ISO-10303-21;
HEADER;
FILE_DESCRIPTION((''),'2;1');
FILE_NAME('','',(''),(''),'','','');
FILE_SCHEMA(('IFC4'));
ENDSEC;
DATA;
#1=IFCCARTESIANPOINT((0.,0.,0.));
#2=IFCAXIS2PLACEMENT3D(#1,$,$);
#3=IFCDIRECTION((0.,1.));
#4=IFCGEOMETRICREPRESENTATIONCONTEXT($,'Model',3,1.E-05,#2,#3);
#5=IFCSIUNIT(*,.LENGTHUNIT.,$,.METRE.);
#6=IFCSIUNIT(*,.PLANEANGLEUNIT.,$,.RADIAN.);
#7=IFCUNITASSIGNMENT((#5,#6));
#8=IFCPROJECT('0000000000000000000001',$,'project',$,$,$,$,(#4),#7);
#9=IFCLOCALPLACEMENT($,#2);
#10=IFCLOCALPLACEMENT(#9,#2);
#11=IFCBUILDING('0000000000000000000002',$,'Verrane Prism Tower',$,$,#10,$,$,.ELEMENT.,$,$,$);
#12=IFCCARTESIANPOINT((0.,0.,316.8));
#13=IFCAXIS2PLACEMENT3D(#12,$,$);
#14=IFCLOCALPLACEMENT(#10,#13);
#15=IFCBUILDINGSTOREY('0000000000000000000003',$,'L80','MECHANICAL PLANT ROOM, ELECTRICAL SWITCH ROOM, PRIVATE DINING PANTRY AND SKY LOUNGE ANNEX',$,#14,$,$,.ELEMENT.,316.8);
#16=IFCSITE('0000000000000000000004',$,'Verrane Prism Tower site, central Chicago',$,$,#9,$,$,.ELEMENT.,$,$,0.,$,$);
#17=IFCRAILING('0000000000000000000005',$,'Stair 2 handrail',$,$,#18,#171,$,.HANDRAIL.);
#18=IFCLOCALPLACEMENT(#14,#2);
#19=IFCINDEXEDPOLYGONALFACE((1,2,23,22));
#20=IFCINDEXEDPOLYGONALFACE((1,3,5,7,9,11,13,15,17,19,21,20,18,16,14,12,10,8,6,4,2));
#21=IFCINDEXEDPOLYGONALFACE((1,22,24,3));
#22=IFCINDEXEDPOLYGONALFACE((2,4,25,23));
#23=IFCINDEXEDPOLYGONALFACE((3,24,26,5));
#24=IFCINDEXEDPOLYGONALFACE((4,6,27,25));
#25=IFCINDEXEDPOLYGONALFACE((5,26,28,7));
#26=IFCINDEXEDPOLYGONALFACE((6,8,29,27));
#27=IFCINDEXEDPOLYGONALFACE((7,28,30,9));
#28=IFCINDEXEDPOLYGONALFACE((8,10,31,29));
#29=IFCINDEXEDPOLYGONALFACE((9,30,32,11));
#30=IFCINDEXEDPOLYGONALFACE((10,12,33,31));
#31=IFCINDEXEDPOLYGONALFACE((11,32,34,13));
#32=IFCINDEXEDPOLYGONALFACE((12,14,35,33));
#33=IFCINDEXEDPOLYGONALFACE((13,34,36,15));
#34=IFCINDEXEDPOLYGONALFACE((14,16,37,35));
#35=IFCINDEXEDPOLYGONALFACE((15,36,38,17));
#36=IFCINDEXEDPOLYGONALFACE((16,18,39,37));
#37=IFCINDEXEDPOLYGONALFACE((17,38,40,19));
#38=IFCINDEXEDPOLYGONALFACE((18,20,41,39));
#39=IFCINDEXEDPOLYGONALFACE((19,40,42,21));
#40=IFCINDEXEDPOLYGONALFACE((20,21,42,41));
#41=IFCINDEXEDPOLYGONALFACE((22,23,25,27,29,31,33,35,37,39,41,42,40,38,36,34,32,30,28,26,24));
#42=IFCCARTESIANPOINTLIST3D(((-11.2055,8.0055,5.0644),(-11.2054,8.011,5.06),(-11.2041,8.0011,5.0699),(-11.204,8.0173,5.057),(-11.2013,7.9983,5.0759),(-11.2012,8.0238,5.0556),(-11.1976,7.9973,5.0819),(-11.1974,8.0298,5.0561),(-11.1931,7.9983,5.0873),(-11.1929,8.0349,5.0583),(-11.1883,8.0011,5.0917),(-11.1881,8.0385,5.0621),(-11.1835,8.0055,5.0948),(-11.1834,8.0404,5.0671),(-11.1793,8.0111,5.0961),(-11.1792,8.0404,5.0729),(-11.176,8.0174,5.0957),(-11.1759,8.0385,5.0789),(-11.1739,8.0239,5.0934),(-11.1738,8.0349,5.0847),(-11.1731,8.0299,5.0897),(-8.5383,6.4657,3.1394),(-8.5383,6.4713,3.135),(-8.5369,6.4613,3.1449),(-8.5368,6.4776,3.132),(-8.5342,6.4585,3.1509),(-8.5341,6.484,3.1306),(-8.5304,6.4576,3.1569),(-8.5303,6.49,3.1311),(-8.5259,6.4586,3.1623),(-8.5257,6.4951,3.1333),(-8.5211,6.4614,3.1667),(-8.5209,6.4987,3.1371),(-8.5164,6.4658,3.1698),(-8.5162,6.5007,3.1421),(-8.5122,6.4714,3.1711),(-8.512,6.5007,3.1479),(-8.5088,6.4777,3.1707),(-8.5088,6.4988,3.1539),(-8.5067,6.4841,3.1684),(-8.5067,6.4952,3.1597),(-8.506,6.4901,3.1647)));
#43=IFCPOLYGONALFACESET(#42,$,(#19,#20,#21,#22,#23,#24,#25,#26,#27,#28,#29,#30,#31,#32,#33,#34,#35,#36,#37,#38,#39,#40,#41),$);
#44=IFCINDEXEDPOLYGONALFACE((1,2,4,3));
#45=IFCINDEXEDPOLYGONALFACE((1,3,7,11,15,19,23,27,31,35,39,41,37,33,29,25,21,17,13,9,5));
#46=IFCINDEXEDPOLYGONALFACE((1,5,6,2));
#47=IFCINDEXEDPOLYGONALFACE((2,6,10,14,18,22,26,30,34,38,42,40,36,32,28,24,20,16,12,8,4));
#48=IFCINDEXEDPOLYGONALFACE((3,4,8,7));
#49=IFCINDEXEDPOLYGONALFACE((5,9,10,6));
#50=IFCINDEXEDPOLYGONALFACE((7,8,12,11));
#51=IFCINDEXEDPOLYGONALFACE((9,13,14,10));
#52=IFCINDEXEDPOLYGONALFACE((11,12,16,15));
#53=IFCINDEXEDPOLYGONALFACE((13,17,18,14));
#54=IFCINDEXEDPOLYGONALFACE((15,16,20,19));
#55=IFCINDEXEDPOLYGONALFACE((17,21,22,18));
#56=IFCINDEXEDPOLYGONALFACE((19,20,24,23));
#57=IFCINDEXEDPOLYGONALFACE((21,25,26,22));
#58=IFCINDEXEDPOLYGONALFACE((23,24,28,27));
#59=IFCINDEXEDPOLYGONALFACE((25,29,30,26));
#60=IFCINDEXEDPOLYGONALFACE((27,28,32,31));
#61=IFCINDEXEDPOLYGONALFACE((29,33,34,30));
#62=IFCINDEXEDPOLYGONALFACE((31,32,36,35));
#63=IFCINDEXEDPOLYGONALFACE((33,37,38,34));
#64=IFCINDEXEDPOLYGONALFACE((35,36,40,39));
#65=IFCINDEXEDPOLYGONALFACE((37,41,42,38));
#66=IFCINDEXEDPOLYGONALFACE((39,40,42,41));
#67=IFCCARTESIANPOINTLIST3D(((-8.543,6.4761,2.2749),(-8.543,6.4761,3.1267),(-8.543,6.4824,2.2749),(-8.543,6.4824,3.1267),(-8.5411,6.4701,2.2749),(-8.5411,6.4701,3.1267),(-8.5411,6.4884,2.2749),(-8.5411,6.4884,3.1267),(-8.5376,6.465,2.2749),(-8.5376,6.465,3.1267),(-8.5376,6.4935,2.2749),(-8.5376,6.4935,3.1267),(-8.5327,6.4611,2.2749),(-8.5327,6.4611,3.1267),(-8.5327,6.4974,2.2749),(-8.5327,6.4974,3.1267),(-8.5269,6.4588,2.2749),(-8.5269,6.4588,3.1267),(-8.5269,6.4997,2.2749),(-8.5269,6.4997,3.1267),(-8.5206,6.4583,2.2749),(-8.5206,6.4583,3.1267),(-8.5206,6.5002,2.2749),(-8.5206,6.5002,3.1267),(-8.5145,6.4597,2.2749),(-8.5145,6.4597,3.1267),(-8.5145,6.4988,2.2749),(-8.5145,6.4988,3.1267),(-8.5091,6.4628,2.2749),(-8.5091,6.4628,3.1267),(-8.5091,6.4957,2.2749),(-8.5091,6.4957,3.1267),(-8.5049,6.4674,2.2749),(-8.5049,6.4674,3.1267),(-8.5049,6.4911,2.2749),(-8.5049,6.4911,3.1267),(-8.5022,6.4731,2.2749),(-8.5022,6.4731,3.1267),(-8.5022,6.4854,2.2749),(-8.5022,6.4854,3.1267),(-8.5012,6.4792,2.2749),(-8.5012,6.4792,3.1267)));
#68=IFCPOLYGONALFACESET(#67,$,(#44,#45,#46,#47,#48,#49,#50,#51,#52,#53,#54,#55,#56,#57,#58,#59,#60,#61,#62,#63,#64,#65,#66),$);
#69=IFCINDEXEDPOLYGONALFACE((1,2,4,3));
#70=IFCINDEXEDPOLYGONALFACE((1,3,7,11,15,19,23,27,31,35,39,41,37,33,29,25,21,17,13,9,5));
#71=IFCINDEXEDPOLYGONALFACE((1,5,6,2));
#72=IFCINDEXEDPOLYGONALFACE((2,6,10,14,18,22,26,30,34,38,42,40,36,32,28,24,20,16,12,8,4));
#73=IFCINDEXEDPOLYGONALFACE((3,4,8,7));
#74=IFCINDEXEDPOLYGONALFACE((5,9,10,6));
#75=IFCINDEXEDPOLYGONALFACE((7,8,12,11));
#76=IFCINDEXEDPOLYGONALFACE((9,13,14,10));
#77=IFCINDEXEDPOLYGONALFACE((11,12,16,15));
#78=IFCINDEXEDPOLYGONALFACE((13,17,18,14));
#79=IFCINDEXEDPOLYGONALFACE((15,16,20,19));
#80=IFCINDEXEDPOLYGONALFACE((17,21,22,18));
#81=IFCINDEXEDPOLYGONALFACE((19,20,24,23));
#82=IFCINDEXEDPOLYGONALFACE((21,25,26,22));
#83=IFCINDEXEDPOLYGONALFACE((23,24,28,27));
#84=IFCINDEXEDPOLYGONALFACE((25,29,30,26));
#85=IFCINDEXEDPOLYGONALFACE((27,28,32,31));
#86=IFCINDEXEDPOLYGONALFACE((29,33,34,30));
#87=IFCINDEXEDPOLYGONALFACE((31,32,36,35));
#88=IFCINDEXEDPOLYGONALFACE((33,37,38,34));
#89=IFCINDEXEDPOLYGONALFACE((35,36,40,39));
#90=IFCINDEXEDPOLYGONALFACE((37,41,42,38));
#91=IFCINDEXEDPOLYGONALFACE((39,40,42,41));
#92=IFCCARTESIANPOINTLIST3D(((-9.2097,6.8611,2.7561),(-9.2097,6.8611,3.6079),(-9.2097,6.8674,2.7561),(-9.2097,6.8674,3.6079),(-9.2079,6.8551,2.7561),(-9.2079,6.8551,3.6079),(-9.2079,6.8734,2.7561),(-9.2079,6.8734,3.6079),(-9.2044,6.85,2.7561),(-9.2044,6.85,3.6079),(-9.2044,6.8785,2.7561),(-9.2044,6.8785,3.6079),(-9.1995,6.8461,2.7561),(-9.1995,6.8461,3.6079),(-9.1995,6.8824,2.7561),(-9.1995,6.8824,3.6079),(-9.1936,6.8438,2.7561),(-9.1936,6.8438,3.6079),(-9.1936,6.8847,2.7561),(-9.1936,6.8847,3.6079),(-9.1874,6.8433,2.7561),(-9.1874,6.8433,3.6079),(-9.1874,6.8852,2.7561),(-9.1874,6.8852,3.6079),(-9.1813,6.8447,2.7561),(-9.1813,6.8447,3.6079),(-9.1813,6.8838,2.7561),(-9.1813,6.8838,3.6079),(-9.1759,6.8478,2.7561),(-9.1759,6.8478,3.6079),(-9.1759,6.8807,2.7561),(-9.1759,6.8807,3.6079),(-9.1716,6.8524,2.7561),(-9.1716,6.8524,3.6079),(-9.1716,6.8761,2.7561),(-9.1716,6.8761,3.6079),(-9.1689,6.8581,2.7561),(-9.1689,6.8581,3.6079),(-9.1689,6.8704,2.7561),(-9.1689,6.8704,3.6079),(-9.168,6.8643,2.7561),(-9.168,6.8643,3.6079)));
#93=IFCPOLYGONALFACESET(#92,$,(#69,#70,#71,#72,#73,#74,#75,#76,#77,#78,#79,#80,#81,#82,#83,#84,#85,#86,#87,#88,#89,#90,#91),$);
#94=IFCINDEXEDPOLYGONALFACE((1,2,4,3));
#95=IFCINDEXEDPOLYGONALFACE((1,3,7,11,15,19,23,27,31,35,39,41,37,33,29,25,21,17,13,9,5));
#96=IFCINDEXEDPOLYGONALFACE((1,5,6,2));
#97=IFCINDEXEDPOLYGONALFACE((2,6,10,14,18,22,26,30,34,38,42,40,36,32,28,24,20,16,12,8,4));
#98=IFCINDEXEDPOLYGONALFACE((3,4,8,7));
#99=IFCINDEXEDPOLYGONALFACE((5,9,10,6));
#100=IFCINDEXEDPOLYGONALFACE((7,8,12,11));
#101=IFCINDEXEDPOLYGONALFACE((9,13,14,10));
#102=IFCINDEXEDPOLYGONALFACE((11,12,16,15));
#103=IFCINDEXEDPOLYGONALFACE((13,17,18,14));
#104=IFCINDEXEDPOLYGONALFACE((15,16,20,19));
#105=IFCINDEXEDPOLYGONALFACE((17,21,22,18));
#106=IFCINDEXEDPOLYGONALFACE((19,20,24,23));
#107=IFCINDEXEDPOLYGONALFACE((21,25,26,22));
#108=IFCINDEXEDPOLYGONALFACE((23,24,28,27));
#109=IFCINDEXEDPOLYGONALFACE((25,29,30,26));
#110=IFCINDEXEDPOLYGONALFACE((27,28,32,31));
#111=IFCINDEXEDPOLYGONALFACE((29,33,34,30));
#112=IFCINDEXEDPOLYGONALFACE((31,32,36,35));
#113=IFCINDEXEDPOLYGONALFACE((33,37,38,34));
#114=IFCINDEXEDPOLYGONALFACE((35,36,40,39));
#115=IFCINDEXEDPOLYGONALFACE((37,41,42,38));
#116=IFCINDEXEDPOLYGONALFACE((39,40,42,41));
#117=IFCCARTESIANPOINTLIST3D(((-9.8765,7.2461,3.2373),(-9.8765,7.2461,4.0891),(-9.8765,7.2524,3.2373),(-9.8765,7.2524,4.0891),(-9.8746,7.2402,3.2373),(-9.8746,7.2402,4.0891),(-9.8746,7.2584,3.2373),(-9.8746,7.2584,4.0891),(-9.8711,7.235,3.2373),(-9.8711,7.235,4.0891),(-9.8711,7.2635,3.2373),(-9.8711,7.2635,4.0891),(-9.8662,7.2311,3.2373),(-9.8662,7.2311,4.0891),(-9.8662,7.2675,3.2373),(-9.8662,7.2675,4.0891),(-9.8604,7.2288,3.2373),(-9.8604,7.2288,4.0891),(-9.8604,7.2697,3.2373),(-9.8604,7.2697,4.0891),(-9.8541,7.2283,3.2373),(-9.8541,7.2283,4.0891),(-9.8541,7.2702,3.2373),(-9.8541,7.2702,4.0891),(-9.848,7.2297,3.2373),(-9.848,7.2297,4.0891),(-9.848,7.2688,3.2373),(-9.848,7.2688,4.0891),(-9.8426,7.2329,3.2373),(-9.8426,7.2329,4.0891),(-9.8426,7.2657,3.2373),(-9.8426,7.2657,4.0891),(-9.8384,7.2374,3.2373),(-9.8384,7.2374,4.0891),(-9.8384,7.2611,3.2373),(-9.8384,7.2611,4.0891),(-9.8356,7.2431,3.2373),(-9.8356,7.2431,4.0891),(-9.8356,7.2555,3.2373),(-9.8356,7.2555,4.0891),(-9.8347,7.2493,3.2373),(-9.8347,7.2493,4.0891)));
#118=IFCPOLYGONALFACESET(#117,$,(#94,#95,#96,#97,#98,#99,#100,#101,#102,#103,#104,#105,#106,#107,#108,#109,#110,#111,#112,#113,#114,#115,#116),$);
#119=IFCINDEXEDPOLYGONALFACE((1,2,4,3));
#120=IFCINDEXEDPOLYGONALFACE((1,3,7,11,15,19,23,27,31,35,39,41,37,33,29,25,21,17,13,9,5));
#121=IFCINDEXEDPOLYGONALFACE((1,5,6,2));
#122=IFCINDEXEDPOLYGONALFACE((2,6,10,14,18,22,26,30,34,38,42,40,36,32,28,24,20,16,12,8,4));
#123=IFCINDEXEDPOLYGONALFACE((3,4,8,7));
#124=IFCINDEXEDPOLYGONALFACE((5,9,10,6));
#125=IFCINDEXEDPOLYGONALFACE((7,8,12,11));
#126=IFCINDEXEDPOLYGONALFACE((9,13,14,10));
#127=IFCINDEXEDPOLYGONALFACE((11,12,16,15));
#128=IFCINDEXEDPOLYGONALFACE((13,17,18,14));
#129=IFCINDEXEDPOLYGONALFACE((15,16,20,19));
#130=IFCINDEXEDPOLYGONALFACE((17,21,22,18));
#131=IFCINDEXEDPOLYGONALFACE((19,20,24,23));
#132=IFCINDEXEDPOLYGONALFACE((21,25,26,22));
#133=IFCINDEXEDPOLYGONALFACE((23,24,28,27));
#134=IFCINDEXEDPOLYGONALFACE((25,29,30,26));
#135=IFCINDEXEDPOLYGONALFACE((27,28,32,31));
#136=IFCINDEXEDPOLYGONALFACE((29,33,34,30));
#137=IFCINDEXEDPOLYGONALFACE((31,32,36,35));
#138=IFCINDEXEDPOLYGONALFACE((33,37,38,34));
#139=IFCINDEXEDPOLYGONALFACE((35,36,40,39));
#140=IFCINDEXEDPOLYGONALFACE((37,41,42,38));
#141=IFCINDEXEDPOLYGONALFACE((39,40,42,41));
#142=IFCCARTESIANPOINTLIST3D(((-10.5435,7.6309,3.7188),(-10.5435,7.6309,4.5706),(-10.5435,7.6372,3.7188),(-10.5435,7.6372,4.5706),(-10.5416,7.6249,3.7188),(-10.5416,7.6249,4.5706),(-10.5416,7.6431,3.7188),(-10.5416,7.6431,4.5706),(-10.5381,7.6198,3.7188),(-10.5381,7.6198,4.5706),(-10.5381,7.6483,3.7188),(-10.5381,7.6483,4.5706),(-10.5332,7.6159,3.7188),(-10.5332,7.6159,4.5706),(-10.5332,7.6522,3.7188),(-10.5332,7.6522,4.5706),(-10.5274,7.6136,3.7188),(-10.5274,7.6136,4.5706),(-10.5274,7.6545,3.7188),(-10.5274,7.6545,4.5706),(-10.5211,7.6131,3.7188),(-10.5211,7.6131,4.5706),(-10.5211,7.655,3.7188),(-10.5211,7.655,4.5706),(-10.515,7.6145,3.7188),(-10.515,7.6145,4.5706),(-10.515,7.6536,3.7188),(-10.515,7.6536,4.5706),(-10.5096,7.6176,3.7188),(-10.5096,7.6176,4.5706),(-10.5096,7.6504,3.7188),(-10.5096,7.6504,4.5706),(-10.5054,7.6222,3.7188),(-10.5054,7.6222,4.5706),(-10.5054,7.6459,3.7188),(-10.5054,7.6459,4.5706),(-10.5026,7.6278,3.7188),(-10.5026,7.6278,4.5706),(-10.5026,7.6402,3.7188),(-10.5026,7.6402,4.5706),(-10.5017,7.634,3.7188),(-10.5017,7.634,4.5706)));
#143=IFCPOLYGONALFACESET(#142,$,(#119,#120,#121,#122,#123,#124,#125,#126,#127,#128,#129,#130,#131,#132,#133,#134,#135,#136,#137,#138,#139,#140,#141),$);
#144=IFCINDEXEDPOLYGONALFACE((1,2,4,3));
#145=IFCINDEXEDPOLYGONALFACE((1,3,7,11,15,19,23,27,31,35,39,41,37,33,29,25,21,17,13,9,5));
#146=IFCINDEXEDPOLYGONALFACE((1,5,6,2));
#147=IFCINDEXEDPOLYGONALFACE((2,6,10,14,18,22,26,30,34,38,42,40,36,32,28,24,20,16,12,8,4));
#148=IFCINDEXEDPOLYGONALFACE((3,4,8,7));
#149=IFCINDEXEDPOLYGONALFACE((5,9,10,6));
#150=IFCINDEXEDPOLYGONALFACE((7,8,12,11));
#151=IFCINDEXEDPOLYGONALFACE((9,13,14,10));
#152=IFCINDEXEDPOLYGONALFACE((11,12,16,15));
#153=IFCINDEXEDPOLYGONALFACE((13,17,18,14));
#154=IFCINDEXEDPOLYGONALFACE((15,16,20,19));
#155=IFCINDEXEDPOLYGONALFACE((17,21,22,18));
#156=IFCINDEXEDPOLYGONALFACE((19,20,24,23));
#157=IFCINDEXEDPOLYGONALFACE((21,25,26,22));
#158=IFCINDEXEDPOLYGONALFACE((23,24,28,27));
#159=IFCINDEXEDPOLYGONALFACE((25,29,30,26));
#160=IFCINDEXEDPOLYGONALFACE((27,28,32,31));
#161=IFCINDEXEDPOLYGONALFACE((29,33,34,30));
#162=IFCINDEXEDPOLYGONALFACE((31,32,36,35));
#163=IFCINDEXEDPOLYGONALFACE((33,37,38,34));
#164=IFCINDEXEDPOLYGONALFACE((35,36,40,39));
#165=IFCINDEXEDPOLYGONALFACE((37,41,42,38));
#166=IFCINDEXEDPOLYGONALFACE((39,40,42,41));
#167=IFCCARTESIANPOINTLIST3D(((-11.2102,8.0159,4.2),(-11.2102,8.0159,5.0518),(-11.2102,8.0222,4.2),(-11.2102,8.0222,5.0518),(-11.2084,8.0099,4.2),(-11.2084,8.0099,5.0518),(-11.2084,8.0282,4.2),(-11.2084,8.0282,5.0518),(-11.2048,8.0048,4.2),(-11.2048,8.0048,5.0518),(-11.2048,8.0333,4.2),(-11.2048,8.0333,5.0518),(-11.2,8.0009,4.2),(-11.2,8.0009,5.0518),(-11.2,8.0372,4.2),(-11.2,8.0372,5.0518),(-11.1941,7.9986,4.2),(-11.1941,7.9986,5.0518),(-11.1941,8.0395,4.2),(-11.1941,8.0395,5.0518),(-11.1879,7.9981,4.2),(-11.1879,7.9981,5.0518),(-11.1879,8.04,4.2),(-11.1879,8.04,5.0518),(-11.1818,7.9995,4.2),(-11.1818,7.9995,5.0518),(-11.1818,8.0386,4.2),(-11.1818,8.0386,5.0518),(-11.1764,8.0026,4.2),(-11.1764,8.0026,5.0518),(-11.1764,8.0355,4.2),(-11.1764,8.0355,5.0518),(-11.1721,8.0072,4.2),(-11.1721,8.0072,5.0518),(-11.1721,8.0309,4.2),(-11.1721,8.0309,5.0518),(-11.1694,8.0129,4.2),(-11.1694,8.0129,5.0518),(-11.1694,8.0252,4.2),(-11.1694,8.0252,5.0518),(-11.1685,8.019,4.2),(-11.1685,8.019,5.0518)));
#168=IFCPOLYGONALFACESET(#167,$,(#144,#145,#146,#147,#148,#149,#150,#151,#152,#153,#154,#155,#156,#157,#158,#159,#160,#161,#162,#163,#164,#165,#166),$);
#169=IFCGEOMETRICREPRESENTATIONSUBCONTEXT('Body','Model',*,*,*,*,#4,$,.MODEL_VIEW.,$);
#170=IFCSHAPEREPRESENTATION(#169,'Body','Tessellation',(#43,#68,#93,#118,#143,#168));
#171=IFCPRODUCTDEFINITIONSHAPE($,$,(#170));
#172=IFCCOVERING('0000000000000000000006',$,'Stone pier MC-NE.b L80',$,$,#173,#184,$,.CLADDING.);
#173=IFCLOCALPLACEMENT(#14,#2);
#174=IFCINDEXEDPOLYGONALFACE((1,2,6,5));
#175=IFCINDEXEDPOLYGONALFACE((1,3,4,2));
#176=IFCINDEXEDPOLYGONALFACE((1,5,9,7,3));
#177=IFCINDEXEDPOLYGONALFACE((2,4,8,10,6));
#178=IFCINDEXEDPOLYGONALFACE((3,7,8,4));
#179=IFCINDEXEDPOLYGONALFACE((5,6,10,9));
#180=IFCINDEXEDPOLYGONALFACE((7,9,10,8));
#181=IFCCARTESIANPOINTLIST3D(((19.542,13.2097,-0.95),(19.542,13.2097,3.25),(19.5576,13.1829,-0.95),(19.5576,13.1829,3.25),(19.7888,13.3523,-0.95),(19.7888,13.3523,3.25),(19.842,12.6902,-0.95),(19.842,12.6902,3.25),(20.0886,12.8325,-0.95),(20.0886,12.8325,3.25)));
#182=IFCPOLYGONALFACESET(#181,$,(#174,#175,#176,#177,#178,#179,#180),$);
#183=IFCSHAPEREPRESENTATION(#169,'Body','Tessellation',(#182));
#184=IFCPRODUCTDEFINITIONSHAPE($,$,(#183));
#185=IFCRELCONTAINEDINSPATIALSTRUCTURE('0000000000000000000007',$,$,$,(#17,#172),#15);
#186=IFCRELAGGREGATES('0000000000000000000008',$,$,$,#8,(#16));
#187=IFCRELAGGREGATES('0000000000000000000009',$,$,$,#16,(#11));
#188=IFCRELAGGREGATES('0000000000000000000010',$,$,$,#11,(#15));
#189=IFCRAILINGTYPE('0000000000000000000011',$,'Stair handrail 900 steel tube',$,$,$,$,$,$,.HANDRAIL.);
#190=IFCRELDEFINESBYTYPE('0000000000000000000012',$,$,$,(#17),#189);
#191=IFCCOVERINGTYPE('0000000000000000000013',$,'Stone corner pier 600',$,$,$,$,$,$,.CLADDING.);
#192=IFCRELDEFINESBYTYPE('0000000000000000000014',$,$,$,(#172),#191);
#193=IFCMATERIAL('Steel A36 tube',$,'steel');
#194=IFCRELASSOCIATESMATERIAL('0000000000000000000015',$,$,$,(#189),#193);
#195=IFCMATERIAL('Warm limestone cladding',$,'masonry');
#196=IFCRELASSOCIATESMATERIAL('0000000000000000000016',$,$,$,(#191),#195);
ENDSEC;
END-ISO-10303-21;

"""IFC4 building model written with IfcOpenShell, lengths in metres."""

from ifc_helpers import new_model, si_unit, direction, frame, origin, origin_2d, place, context, subcontext, project, spatial, polyline, circle, outline, extrude, material, type_object, element, save


model = new_model("IFC4")

# Units and contexts
model_context = context("Model", 3, precision=1e-05, world=origin(), true_north=direction((0.0, 1.0)))
body_context = subcontext(model_context, "Body", "Model", "MODEL_VIEW")
ifc_project = project(units=[si_unit("LENGTHUNIT", "METRE"), si_unit("PLANEANGLEUNIT", "RADIAN")], contexts=[model_context])

# Site, building, storey
site_placement = place(None, origin())
site = spatial("IfcSite", under=ifc_project, at=site_placement, Name="Verrane Prism Tower site, central Chicago", CompositionType="ELEMENT", RefElevation=0.0)
building_placement = place(site_placement, origin())
building = spatial("IfcBuilding", under=site, at=building_placement, Name="Verrane Prism Tower", CompositionType="ELEMENT")
storey_placement = place(building_placement, frame((0.0, 0.0, 316.8)))
storey = spatial("IfcBuildingStorey", under=building, at=storey_placement, Name="L80", Description="MECHANICAL PLANT ROOM, ELECTRICAL SWITCH ROOM, PRIVATE DINING PANTRY AND SKY LOUNGE ANNEX", CompositionType="ELEMENT", Elevation=316.8)

# Railing
ifc_material_1 = material(Name="Steel A36 tube", Category="steel")
railing_type = type_object("IfcRailingType", Name="Stair handrail 900 steel tube", PredefinedType="HANDRAIL", material=ifc_material_1)
railing_placement = place(storey_placement, frame((-8.5222, 6.4792, 2.2749)))
element("IfcRailing", 1, at=railing_placement, inside=storey, type_object=railing_type, Name="Stair 2 handrail", PredefinedType="HANDRAIL", context=body_context, shape_type="SweptSolid", body=[
    extrude(circle(Radius=0.0239, at=origin_2d()), frame((0.0, 0.0, 0.876), z_axis=(-0.734385, 0.42396, 0.530034), x_axis=(-0.499967, -0.866044, 0.0)), (0.0, 0.0, 1.0), 3.6318),
    extrude(circle(Radius=0.021, at=origin_2d()), origin(), (0.0, 0.0, 1.0), 0.8518),
    extrude(circle(Radius=0.021, at=origin_2d()), frame((-0.6667, 0.385, 0.4812)), (0.0, 0.0, 1.0), 0.8518),
    extrude(circle(Radius=0.021, at=origin_2d()), frame((-1.3335, 0.77, 0.9624)), (0.0, 0.0, 1.0), 0.8518),
    extrude(circle(Radius=0.021, at=origin_2d()), frame((-2.0005, 1.1548, 1.4438)), (0.0, 0.0, 1.0), 0.8518),
    extrude(circle(Radius=0.021, at=origin_2d()), frame((-2.6672, 1.5398, 1.925)), (0.0, 0.0, 1.0), 0.8518),
])

# Covering
ifc_material_2 = material(Name="Warm limestone cladding", Category="masonry")
covering_type = type_object("IfcCoveringType", Name="Stone corner pier 600", PredefinedType="CLADDING", material=ifc_material_2)
covering_placement = place(storey_placement, frame((0.0, 0.0, -0.95)))
element("IfcCovering", 2, at=covering_placement, inside=storey, type_object=covering_type, Name="Stone pier MC-NE.b L80", PredefinedType="CLADDING", context=body_context, shape_type="SweptSolid", body=[
    extrude(outline(polyline([(19.542, 13.2097), (19.5576, 13.1829), (19.842, 12.6902), (20.0886, 12.8325), (19.7888, 13.3523), (19.542, 13.2097)])), origin(), (0.0, 0.0, 1.0), 4.2),
])

save(model, "model.ifc")
